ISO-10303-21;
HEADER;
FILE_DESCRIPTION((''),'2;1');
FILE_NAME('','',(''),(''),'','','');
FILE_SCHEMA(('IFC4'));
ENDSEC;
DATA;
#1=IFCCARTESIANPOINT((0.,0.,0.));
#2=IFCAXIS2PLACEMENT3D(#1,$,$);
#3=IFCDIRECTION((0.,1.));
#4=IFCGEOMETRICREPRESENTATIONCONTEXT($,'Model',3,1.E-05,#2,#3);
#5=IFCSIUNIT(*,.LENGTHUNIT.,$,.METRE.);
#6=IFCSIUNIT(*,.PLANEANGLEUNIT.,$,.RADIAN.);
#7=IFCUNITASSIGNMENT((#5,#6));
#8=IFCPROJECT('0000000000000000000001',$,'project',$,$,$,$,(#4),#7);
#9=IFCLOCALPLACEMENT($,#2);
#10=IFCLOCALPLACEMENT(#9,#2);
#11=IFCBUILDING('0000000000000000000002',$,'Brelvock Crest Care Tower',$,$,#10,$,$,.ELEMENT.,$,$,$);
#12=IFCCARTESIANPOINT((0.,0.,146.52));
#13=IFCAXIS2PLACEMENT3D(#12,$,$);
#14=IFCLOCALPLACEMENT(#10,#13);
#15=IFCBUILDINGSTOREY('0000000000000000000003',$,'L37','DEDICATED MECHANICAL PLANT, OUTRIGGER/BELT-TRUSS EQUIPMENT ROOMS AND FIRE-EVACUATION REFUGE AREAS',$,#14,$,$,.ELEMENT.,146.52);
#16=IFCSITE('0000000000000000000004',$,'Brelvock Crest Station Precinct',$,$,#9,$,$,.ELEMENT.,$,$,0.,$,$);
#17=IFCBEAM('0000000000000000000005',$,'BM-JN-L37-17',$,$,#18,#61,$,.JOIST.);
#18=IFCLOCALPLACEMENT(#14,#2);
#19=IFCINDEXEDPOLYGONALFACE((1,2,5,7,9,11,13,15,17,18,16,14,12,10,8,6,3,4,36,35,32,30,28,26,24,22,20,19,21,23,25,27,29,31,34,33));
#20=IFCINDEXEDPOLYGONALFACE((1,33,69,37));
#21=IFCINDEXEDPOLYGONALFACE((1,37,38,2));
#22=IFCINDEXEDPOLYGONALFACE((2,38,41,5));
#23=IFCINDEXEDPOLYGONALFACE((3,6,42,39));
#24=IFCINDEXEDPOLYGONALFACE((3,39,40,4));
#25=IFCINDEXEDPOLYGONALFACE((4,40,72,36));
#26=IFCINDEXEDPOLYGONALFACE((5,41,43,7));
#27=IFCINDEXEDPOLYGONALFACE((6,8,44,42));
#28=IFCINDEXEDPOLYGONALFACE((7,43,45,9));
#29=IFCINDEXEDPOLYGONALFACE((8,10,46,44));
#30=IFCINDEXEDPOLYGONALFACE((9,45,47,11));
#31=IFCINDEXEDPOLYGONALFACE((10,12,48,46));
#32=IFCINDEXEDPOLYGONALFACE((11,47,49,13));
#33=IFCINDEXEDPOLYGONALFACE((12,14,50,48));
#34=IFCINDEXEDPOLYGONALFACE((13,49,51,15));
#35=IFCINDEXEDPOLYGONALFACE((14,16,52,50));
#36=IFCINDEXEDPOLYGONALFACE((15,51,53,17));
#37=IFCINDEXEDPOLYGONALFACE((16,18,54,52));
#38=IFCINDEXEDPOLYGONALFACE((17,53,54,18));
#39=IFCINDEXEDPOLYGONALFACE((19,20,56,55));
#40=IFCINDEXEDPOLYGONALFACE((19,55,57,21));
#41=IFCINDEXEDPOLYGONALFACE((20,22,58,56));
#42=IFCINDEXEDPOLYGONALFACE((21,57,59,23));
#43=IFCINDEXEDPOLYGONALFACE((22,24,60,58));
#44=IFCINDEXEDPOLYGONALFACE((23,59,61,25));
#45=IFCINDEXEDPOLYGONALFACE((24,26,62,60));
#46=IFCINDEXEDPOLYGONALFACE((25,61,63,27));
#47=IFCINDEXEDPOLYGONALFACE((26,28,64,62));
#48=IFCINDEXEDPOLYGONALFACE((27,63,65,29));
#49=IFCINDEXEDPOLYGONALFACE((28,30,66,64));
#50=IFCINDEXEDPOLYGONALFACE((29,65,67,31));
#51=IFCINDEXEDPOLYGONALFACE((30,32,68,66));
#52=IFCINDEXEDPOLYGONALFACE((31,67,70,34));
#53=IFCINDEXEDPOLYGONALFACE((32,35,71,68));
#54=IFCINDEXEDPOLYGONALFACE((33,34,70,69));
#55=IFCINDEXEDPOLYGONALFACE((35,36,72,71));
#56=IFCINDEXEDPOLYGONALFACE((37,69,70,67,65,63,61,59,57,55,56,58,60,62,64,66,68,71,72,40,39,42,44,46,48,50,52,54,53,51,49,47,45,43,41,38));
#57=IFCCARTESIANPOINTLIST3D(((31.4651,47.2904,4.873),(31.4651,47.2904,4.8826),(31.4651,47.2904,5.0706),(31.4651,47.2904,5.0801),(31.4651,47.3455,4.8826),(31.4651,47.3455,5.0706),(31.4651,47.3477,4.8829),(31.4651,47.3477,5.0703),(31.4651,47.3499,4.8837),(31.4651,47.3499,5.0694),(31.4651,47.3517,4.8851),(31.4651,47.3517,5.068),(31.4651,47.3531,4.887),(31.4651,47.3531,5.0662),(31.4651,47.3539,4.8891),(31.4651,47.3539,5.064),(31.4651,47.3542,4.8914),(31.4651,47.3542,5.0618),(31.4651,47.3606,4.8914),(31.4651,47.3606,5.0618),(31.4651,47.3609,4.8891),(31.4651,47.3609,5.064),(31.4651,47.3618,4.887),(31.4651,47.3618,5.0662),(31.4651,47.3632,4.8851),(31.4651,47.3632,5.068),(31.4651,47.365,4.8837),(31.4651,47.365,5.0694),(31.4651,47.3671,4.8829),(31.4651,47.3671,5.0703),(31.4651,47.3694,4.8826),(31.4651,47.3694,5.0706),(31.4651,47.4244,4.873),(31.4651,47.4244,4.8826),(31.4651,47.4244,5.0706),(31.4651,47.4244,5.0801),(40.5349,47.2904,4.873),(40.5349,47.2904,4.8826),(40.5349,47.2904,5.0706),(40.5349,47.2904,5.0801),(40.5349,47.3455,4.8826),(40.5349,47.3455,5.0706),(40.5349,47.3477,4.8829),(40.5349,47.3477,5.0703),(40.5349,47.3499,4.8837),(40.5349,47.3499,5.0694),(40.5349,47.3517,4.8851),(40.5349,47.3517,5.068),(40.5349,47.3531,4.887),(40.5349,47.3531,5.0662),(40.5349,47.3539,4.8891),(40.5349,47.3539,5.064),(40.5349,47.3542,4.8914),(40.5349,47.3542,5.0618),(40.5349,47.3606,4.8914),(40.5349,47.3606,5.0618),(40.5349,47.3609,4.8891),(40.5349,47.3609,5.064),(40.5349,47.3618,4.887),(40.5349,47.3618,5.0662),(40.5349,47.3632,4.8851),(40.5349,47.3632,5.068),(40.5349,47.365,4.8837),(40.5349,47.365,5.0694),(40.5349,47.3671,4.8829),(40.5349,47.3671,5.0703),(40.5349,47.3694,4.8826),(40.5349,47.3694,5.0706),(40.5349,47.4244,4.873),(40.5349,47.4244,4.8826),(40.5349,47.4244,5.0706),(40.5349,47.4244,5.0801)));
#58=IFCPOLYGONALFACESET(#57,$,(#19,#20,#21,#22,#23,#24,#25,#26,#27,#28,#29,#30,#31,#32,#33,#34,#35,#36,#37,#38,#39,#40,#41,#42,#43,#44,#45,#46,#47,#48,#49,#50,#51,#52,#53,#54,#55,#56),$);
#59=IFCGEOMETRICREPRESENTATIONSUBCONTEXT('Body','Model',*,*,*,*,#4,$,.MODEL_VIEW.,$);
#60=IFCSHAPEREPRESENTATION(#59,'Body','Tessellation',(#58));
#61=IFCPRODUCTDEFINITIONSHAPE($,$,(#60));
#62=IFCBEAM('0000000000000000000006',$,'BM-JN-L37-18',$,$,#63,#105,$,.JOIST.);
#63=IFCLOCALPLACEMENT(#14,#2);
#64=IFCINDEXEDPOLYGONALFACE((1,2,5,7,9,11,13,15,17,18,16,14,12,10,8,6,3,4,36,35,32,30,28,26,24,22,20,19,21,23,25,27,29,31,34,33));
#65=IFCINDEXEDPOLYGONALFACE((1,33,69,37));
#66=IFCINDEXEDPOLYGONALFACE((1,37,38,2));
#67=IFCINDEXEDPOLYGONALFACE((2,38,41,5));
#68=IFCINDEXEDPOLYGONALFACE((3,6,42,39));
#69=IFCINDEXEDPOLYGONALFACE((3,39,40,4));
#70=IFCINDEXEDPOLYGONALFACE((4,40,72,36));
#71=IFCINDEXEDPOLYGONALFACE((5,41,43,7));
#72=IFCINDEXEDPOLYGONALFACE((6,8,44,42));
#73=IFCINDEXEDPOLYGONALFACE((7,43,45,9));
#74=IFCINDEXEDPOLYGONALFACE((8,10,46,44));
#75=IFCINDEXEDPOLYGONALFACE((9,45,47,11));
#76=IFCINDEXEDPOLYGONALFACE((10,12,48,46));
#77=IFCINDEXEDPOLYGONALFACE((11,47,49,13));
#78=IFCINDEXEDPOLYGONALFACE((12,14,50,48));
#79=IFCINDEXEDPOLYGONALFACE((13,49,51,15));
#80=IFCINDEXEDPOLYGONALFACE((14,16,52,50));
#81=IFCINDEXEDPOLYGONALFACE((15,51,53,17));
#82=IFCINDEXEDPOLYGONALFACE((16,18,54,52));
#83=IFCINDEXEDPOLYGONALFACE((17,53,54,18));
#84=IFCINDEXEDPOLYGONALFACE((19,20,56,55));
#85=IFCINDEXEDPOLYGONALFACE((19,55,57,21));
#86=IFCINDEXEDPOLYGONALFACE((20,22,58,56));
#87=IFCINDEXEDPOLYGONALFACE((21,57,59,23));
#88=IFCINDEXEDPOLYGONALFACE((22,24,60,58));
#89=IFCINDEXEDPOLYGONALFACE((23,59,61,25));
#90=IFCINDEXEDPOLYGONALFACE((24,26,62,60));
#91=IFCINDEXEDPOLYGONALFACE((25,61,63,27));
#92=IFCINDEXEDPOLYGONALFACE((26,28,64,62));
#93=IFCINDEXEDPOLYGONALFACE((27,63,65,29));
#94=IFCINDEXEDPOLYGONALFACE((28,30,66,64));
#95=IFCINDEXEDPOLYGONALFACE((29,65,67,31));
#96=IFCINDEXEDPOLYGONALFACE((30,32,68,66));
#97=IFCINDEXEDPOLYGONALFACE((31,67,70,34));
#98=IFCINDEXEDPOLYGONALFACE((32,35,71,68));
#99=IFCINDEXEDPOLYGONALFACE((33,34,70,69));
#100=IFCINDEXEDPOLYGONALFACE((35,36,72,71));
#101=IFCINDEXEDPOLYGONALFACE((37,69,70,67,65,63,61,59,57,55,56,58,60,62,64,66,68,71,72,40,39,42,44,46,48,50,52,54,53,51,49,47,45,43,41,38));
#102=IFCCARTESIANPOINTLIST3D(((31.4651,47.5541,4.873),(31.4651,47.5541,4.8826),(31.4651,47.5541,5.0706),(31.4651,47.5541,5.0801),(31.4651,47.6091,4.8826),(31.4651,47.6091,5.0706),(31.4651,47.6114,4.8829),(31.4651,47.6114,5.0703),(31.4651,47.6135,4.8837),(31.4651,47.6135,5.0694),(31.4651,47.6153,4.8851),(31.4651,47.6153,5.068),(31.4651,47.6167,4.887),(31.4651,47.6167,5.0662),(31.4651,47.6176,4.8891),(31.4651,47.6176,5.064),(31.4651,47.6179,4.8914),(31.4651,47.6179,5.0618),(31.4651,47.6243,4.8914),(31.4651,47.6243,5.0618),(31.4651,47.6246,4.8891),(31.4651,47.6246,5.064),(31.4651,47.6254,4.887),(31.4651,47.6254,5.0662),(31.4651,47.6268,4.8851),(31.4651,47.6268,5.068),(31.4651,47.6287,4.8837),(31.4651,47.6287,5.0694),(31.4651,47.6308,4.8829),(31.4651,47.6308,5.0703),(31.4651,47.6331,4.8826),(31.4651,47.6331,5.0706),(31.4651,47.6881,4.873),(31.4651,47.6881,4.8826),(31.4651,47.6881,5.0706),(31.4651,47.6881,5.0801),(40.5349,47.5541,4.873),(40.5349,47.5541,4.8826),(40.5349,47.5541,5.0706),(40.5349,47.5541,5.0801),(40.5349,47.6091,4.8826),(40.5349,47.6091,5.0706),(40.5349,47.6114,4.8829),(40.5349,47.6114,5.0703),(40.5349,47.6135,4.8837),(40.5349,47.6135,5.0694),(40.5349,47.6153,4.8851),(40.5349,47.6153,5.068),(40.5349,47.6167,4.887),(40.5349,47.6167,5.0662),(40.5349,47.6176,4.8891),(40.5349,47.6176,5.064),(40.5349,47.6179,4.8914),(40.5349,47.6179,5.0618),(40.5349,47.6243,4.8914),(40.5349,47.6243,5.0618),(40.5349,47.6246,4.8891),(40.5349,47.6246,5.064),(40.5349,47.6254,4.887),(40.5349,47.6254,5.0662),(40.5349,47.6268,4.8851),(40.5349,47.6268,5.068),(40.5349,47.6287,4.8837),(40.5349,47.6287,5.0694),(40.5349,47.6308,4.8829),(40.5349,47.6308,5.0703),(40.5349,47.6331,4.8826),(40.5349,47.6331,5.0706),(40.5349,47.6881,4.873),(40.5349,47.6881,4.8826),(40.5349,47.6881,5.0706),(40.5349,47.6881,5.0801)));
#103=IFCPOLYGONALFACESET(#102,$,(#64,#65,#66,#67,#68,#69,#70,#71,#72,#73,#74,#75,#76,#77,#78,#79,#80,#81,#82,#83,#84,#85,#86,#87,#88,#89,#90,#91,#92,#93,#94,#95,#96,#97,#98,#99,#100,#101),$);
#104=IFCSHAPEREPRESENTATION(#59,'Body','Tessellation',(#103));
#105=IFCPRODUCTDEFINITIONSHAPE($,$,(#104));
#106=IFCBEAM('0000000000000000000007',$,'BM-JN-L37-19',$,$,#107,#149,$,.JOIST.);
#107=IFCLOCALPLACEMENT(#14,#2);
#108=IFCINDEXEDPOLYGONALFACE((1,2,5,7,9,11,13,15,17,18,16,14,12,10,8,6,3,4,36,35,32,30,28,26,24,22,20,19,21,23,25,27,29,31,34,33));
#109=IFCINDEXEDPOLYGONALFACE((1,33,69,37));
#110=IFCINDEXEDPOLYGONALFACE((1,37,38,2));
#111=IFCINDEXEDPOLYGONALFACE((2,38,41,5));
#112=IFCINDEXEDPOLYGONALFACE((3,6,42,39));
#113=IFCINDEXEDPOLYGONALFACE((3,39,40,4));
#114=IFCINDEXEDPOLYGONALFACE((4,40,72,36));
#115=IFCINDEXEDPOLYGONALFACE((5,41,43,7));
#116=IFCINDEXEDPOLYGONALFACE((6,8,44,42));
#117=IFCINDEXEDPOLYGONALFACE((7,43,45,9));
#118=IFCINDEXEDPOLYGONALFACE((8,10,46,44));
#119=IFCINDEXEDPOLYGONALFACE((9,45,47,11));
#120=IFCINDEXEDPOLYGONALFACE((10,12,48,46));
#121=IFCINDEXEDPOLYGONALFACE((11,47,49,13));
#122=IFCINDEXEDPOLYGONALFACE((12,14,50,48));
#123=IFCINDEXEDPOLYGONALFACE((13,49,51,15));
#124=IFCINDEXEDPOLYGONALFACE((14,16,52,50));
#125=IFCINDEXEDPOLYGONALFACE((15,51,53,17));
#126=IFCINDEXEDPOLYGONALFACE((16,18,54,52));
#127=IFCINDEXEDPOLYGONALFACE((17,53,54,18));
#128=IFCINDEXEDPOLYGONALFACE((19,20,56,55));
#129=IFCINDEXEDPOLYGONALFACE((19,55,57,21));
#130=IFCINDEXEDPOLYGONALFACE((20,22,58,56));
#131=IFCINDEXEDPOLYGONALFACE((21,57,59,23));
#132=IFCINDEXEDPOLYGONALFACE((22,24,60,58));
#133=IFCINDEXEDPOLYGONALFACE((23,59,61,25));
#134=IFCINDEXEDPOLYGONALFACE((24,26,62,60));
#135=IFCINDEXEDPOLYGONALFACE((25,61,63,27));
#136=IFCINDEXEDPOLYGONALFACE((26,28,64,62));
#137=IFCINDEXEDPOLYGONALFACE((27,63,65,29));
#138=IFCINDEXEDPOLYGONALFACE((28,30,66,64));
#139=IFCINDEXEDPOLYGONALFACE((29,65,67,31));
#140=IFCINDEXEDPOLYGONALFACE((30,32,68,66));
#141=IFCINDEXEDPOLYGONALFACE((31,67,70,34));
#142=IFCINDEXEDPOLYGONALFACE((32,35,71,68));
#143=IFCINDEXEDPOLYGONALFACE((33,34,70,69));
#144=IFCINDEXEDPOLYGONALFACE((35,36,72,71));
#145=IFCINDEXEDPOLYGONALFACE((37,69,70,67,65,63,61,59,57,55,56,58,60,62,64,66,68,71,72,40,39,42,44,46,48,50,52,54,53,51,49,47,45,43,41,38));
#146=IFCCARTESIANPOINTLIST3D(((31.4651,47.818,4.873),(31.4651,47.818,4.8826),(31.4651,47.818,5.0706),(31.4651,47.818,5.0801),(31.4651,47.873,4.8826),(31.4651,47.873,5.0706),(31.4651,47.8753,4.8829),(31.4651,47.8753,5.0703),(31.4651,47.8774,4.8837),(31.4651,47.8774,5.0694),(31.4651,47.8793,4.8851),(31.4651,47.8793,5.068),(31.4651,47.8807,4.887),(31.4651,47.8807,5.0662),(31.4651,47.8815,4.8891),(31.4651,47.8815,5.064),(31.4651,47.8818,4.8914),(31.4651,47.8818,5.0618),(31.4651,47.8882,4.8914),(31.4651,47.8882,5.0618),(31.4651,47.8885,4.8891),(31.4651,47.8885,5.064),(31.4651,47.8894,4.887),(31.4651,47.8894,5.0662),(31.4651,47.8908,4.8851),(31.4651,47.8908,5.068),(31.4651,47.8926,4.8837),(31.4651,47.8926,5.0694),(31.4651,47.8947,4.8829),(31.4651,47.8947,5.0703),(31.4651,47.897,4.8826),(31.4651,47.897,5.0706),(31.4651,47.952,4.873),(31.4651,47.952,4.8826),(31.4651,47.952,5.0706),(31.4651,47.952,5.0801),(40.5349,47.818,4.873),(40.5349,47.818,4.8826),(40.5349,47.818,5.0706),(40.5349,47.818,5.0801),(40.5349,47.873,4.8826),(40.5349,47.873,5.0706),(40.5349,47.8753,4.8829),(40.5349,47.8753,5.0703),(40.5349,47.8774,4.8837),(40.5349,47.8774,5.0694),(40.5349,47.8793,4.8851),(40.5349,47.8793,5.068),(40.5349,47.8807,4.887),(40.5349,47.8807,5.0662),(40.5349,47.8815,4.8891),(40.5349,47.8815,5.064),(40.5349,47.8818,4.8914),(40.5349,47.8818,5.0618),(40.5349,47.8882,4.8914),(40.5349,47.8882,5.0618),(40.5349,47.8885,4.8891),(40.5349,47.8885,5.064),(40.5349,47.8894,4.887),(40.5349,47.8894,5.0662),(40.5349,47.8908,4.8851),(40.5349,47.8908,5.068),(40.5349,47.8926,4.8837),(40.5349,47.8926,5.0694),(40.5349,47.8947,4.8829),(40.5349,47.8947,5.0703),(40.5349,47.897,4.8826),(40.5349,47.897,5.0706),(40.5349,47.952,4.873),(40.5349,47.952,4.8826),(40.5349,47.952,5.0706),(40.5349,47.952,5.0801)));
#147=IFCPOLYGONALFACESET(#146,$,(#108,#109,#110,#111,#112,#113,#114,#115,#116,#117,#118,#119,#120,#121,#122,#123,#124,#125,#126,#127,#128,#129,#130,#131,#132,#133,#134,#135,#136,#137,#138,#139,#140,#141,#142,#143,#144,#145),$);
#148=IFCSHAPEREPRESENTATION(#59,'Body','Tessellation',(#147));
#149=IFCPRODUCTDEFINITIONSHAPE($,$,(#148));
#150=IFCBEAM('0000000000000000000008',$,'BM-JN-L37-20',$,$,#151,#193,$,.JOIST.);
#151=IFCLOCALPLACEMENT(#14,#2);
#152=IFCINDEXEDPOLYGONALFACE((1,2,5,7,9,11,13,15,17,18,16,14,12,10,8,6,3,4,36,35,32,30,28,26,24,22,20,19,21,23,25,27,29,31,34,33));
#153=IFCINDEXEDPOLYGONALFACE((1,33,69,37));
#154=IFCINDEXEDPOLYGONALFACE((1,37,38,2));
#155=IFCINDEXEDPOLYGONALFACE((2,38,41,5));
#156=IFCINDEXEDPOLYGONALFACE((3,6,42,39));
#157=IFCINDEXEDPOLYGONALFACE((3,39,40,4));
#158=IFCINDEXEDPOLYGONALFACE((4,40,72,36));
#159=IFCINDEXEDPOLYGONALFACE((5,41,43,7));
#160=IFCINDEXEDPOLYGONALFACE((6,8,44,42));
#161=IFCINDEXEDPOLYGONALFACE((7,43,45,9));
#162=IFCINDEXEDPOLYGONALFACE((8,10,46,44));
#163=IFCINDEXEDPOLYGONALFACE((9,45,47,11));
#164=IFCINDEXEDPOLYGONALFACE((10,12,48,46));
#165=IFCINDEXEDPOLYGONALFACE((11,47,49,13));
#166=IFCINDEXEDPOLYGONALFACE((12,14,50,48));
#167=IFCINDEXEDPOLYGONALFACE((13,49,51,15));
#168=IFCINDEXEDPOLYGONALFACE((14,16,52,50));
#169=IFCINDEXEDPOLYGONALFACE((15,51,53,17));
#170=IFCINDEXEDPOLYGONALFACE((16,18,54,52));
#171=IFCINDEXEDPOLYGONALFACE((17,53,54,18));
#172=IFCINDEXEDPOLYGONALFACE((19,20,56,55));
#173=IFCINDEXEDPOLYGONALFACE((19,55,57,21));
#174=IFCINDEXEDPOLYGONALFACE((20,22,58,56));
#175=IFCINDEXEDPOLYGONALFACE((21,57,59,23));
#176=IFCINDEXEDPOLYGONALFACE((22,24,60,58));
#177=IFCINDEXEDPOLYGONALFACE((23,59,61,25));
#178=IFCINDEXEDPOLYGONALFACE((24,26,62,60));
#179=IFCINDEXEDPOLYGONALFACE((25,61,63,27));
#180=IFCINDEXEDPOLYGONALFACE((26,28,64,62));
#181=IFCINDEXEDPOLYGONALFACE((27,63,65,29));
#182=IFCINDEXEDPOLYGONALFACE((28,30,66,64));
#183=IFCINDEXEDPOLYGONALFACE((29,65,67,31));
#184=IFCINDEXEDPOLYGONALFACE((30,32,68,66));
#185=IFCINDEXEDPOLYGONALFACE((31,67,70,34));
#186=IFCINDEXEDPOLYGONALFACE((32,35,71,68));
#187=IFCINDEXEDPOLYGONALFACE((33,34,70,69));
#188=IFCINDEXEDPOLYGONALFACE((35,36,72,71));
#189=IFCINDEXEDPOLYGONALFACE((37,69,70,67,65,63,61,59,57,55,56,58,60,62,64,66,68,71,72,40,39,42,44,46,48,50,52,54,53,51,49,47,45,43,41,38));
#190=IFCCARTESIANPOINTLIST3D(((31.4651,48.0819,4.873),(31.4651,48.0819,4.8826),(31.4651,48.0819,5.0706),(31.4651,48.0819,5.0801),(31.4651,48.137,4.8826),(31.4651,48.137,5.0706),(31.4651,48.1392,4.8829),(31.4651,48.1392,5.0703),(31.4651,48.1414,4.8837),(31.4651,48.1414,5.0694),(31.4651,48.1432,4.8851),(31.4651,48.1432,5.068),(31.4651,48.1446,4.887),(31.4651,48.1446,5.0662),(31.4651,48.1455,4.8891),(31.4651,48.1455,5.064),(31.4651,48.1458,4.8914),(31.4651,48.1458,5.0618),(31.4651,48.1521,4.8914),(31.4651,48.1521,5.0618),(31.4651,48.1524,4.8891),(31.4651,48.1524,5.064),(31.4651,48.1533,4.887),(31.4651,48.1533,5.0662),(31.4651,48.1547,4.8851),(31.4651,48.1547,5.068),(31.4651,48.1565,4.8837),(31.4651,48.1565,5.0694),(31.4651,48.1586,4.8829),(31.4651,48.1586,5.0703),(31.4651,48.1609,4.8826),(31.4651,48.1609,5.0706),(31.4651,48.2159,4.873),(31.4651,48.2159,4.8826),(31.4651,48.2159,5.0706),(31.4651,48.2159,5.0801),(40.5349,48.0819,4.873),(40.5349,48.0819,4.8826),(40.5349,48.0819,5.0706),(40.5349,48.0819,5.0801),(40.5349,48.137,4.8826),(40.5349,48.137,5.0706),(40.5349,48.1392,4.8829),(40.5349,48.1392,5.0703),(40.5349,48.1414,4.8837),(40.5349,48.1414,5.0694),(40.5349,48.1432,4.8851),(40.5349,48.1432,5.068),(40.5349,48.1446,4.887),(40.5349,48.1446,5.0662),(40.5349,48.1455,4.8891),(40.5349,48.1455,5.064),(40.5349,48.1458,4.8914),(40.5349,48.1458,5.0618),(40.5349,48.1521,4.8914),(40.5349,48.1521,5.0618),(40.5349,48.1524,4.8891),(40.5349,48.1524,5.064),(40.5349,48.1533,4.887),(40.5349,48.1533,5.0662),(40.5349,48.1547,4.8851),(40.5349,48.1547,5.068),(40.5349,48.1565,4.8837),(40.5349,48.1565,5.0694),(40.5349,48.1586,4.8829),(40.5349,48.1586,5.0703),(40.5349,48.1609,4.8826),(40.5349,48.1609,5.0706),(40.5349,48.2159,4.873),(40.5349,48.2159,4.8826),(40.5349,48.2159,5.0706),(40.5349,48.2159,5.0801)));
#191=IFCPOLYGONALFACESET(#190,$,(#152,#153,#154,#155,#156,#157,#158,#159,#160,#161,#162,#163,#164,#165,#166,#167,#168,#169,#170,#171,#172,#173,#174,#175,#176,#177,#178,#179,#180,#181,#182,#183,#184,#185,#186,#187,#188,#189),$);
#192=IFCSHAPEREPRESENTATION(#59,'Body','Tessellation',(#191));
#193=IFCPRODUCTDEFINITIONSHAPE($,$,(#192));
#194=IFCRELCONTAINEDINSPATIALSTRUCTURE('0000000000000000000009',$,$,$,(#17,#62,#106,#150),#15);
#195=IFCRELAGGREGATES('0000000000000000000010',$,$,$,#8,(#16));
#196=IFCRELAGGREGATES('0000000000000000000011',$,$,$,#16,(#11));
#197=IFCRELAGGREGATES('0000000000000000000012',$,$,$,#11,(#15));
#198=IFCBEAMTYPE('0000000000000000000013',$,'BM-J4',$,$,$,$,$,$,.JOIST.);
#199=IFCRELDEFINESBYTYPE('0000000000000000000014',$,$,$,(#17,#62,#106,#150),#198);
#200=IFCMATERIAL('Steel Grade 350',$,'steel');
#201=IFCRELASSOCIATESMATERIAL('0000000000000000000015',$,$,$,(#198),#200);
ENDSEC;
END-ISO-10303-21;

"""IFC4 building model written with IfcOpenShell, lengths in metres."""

from ifc_helpers import new_model, si_unit, direction, frame, origin, origin_2d, place, context, subcontext, project, spatial, i_section, extrude, source, transform, mapped, material, material_profile, profile_set, type_object, element, save


model = new_model("IFC4")

# Units and contexts
model_context = context("Model", 3, precision=1e-05, world=origin(), true_north=direction((0.0, 1.0)))
body_context = subcontext(model_context, "Body", "Model", "MODEL_VIEW")
ifc_project = project(units=[si_unit("LENGTHUNIT", "METRE"), si_unit("PLANEANGLEUNIT", "RADIAN")], contexts=[model_context])

# Site, building, storey
site_placement = place(None, origin())
site = spatial("IfcSite", under=ifc_project, at=site_placement, Name="Brelvock Crest Station Precinct", CompositionType="ELEMENT", RefElevation=0.0)
building_placement = place(site_placement, origin())
building = spatial("IfcBuilding", under=site, at=building_placement, Name="Brelvock Crest Care Tower", CompositionType="ELEMENT")
storey_placement = place(building_placement, frame((0.0, 0.0, 146.52)))
storey = spatial("IfcBuildingStorey", under=building, at=storey_placement, Name="L37", Description="DEDICATED MECHANICAL PLANT, OUTRIGGER/BELT-TRUSS EQUIPMENT ROOMS AND FIRE-EVACUATION REFUGE AREAS", CompositionType="ELEMENT", Elevation=146.52)

# Shared definitions
ifc_material_1 = material(Name="Steel Grade 350", Category="steel")

# Beams
ifc_material_profile_1 = material_profile(ifc_material_1, i_section(OverallWidth=0.134, OverallDepth=0.207, WebThickness=0.0063, FlangeThickness=0.0095, FilletRadius=0.0088, at=origin_2d()), Name="200UB29.8")
ifc_profile_set_1 = profile_set([ifc_material_profile_1], Name="Steel Grade 350")
beam_type_1 = type_object("IfcBeamType", Name="BM-J4", PredefinedType="JOIST", material=ifc_profile_set_1)
shared_shape_1 = source(origin(), body_context, "Body", "SweptSolid", [
    extrude(i_section(OverallWidth=0.134, OverallDepth=0.207, WebThickness=0.0063, FlangeThickness=0.0095, FilletRadius=0.0088, at=origin_2d()), origin(), (0.0, 0.0, 1.0), 9.0698),
])
for number, where, z_axis, x_axis, name in (
    (1, (31.4651, 47.3574, 4.9766), (1.0, 0.0, 0.0), (0.0, 1.0, 0.0), "BM-JN-L37-17"),
    (2, (31.4651, 47.6211, 4.9766), (1.0, 0.0, 0.0), (0.0, 1.0, 0.0), "BM-JN-L37-18"),
    (3, (31.4651, 47.885, 4.9766), (1.0, 0.0, 0.0), (0.0, 1.0, 0.0), "BM-JN-L37-19"),
    (4, (31.4651, 48.1489, 4.9766), (1.0, 0.0, 0.0), (0.0, 1.0, 0.0), "BM-JN-L37-20"),
):
    element("IfcBeam", number, at=place(storey_placement, frame(where, z_axis=z_axis, x_axis=x_axis)), inside=storey, type_object=beam_type_1, Name=name, PredefinedType="JOIST", context=body_context, shape_type="MappedRepresentation", body=[
        mapped(shared_shape_1, transform((0.0, 0.0, 0.0), x_axis=(1.0, 0.0, 0.0), y_axis=(0.0, 1.0, 0.0), z_axis=(0.0, 0.0, 1.0), scale=1.0)),
    ])

save(model, "model.ifc")
